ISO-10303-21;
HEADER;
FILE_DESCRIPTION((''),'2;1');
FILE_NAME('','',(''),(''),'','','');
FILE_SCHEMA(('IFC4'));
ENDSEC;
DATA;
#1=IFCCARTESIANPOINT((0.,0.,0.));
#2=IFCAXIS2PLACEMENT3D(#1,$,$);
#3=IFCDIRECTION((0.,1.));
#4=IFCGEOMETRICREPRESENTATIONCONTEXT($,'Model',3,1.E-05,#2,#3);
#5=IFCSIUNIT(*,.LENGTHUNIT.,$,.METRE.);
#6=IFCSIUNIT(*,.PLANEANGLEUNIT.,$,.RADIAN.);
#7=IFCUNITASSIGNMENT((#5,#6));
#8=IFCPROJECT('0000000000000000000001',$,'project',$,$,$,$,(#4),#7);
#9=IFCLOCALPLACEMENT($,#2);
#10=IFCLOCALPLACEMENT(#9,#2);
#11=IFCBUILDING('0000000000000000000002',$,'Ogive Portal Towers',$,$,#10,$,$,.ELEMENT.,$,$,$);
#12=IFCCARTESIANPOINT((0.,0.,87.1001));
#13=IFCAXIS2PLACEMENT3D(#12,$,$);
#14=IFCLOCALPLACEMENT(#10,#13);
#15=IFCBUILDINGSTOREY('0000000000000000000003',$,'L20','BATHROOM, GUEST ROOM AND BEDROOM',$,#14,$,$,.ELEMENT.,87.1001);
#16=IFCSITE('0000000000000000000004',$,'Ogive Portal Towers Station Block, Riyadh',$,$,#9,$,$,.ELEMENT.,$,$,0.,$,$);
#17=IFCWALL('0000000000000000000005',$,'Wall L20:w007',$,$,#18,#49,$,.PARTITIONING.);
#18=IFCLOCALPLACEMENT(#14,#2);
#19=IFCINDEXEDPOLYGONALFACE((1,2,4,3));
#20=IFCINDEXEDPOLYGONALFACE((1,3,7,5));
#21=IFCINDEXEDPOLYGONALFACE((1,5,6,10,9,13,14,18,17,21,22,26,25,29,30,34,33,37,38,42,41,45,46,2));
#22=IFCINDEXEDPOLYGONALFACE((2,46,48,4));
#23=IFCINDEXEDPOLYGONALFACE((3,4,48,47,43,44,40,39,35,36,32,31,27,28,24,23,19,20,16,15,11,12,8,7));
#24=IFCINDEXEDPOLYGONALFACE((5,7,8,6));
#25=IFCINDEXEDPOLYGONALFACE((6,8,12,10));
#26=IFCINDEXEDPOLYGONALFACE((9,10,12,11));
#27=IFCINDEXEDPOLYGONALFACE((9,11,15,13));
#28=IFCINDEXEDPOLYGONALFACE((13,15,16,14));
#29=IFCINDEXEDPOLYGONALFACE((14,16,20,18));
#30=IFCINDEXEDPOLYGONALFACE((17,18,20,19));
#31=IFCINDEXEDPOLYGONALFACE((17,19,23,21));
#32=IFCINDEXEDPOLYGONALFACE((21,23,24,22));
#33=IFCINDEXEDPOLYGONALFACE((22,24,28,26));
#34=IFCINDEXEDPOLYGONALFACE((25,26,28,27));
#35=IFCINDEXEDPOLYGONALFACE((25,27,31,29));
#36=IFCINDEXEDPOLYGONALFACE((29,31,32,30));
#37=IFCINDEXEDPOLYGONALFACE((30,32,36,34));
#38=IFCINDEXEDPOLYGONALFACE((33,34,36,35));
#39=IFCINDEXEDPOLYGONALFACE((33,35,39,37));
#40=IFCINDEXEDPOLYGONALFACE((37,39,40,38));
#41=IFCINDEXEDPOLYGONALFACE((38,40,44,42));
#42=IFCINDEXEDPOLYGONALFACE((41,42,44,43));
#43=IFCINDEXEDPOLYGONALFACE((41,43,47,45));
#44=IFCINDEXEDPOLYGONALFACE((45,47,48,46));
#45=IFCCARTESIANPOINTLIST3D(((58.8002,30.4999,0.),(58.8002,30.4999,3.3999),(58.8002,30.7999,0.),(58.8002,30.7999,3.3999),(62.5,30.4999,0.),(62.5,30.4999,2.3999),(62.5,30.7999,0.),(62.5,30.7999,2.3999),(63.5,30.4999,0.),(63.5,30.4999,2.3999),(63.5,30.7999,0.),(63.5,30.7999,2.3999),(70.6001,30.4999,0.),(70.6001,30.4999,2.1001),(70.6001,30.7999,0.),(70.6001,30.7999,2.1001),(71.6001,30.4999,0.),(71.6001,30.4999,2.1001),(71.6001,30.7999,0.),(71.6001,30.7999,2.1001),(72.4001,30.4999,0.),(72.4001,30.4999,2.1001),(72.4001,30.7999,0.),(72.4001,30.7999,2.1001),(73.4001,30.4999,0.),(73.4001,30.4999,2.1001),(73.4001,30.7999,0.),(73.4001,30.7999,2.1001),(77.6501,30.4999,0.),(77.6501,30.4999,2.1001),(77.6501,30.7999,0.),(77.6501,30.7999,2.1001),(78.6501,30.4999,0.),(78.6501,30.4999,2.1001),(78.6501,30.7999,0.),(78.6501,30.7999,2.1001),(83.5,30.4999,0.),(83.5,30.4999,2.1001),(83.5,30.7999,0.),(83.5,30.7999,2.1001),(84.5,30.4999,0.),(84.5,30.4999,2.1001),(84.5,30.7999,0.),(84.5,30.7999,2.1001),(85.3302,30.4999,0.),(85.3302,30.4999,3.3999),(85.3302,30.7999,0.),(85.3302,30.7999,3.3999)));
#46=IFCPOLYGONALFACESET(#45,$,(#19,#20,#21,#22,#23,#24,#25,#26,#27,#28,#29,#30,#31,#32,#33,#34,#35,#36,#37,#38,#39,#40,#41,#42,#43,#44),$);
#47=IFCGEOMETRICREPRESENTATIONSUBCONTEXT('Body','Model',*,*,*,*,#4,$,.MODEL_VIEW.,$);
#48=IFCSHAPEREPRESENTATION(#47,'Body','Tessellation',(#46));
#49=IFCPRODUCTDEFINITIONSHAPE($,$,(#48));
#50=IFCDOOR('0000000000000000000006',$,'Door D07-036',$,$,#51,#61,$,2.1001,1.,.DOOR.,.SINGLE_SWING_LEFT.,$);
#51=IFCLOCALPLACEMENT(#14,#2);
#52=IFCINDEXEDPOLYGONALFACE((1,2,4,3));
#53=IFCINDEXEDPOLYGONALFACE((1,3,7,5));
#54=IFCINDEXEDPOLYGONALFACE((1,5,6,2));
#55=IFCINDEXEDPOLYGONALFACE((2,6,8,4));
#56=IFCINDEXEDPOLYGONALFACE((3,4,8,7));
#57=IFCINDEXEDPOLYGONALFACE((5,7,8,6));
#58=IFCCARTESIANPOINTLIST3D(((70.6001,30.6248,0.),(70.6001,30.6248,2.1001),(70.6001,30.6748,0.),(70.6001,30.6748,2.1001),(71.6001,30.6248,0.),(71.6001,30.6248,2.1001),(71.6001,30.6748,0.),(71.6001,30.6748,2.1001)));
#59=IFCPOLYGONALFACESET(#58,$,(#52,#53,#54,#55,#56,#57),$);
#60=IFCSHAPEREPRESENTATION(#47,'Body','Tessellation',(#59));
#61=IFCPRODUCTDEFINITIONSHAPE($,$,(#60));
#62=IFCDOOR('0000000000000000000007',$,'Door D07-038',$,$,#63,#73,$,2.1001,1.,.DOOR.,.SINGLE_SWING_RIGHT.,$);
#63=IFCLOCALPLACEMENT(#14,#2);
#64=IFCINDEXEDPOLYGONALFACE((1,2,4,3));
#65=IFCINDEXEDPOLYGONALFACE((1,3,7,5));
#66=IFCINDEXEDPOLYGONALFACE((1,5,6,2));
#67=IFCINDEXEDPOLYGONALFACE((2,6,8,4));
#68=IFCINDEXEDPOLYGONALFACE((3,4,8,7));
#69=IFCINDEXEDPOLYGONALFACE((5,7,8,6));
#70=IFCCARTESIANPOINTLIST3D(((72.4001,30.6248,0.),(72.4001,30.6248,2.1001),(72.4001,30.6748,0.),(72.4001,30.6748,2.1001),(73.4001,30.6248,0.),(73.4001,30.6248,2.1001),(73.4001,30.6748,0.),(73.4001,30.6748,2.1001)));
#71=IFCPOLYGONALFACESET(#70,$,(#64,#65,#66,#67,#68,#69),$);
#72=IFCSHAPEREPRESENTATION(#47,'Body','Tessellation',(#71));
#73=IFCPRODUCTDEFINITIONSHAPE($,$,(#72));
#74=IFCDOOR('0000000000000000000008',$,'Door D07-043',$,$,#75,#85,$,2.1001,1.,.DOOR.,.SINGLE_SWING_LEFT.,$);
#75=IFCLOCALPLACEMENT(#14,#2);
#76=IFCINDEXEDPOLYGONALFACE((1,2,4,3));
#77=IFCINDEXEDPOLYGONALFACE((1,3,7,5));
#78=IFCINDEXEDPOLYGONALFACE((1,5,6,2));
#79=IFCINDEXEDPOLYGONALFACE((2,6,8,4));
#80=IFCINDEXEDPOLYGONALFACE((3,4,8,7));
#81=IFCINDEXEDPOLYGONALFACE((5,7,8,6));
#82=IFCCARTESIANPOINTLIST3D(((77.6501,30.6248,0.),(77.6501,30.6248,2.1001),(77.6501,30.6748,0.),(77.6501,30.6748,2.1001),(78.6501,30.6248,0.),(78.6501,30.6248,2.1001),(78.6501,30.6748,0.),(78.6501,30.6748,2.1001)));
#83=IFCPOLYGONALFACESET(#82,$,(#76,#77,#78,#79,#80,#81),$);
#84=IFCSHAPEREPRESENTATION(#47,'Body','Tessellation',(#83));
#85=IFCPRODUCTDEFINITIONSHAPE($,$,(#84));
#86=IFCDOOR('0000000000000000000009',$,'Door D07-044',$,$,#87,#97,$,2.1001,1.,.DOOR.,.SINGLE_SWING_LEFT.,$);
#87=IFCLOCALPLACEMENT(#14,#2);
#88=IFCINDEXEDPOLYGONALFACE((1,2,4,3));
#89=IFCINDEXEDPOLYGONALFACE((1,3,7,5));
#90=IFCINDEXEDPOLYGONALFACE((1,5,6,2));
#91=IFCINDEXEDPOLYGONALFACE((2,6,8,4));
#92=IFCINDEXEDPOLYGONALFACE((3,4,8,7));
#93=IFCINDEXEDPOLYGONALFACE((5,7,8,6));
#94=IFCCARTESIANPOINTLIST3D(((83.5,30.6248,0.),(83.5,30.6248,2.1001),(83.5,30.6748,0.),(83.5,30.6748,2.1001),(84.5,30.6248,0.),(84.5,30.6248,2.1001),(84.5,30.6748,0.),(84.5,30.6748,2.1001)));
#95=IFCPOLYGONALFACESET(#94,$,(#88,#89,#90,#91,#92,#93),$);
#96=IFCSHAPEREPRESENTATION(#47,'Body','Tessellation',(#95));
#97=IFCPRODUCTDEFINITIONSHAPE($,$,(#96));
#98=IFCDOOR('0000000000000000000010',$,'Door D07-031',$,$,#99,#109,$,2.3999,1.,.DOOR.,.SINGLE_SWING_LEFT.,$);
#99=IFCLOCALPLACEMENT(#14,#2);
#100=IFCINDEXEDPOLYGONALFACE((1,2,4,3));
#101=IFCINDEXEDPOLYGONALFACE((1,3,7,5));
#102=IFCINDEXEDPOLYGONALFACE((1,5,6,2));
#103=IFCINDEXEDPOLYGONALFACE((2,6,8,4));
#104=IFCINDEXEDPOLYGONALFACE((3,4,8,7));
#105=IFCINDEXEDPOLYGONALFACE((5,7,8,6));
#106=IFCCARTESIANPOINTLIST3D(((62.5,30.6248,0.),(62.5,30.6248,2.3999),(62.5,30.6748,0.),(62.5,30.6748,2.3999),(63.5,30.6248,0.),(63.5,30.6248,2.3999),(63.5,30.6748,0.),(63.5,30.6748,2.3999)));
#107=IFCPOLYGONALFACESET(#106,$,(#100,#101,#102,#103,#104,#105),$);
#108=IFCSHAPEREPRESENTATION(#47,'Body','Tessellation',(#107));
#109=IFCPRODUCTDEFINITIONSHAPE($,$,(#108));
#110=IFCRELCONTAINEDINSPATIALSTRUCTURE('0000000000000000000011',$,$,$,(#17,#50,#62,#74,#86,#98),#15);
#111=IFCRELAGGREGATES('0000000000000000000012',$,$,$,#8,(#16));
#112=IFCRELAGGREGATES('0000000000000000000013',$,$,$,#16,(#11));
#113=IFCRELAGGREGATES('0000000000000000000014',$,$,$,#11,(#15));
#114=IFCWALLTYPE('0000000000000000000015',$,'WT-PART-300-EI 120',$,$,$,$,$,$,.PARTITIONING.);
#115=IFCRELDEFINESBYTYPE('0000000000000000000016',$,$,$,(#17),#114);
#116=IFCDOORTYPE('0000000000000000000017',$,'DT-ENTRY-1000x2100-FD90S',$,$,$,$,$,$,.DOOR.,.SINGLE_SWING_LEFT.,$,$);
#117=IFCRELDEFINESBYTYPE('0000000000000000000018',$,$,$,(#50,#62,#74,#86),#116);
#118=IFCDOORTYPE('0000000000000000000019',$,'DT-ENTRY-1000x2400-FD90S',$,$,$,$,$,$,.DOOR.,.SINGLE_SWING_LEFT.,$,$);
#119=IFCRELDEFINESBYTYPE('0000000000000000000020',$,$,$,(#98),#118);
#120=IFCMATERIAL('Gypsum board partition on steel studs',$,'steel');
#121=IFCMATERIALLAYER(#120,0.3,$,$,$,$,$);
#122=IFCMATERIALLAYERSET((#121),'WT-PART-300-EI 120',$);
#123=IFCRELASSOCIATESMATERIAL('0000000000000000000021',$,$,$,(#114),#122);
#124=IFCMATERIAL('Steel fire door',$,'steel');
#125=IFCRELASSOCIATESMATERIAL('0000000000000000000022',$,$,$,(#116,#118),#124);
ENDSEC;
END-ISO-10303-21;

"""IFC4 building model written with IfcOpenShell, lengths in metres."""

from ifc_helpers import new_model, si_unit, direction, frame, frame_2d, origin, place, context, subcontext, project, spatial, rectangle, extrude, material, layer, layer_set, type_object, element, fill, save


model = new_model("IFC4")

# Units and contexts
model_context = context("Model", 3, precision=1e-05, world=origin(), true_north=direction((0.0, 1.0)))
body_context = subcontext(model_context, "Body", "Model", "MODEL_VIEW")
ifc_project = project(units=[si_unit("LENGTHUNIT", "METRE"), si_unit("PLANEANGLEUNIT", "RADIAN")], contexts=[model_context])

# Site, building, storey
site_placement = place(None, origin())
site = spatial("IfcSite", under=ifc_project, at=site_placement, Name="Ogive Portal Towers Station Block, Riyadh", CompositionType="ELEMENT", RefElevation=0.0)
building_placement = place(site_placement, origin())
building = spatial("IfcBuilding", under=site, at=building_placement, Name="Ogive Portal Towers", CompositionType="ELEMENT")
storey_placement = place(building_placement, frame((0.0, 0.0, 87.1001)))
storey = spatial("IfcBuildingStorey", under=building, at=storey_placement, Name="L20", Description="BATHROOM, GUEST ROOM AND BEDROOM", CompositionType="ELEMENT", Elevation=87.1001)

# Wall, openings, doors
ifc_material_1 = material(Name="Gypsum board partition on steel studs", Category="steel")
ifc_layer_1 = layer(ifc_material_1, 0.3)
ifc_layer_set_1 = layer_set([ifc_layer_1], Name="WT-PART-300-EI 120")
wall_type_1 = type_object("IfcWallType", Name="WT-PART-300-EI 120", PredefinedType="PARTITIONING", material=ifc_layer_set_1)
wall_1_placement = place(storey_placement, frame((58.8, 30.6499, 0.0), z_axis=(0.0, 0.0, 1.0), x_axis=(1.0, 0.0, 0.0)))
wall_1 = element("IfcWall", 1, at=wall_1_placement, inside=storey, type_object=wall_type_1, Name="Wall L20:w007", PredefinedType="PARTITIONING", context=body_context, shape_type="SweptSolid", body=[
    extrude(rectangle(XDim=26.53, YDim=0.3, at=frame_2d((13.2651, 0.0))), origin(), (0.0, 0.0, 1.0), 3.3999),
])
opening_1_placement = place(wall_1_placement, frame((3.7, 0.0, 0.0)))
opening_1 = element("IfcOpeningElement", 2, at=opening_1_placement, cuts=wall_1, PredefinedType="OPENING", context=body_context, shape_type="SweptSolid", body=[
    extrude(rectangle(XDim=1.0, YDim=2.3999, at=frame_2d((0.5, 1.2))), frame((0.0, 0.1602, 0.0), z_axis=(0.0, -1.0, 0.0), x_axis=(1.0, 0.0, 0.0)), (0.0, 0.0, 1.0), 0.3201),
])
opening_2_placement = place(wall_1_placement, frame((11.8, 0.0, 0.0)))
opening_2 = element("IfcOpeningElement", 3, at=opening_2_placement, cuts=wall_1, PredefinedType="OPENING", context=body_context, shape_type="SweptSolid", body=[
    extrude(rectangle(XDim=1.0, YDim=2.1001, at=frame_2d((0.5, 1.05))), frame((0.0, 0.1602, 0.0), z_axis=(0.0, -1.0, 0.0), x_axis=(1.0, 0.0, 0.0)), (0.0, 0.0, 1.0), 0.3201),
])
opening_3_placement = place(wall_1_placement, frame((13.6001, 0.0, 0.0)))
opening_3 = element("IfcOpeningElement", 4, at=opening_3_placement, cuts=wall_1, PredefinedType="OPENING", context=body_context, shape_type="SweptSolid", body=[
    extrude(rectangle(XDim=1.0, YDim=2.1001, at=frame_2d((0.5, 1.05))), frame((0.0, 0.1602, 0.0), z_axis=(0.0, -1.0, 0.0), x_axis=(1.0, 0.0, 0.0)), (0.0, 0.0, 1.0), 0.3201),
])
opening_4_placement = place(wall_1_placement, frame((18.8501, 0.0, 0.0)))
opening_4 = element("IfcOpeningElement", 5, at=opening_4_placement, cuts=wall_1, PredefinedType="OPENING", context=body_context, shape_type="SweptSolid", body=[
    extrude(rectangle(XDim=1.0, YDim=2.1001, at=frame_2d((0.5, 1.05))), frame((0.0, 0.1602, 0.0), z_axis=(0.0, -1.0, 0.0), x_axis=(1.0, 0.0, 0.0)), (0.0, 0.0, 1.0), 0.3201),
])
opening_5_placement = place(wall_1_placement, frame((24.7, 0.0, 0.0)))
opening_5 = element("IfcOpeningElement", 6, at=opening_5_placement, cuts=wall_1, PredefinedType="OPENING", context=body_context, shape_type="SweptSolid", body=[
    extrude(rectangle(XDim=1.0, YDim=2.1001, at=frame_2d((0.5, 1.05))), frame((0.0, 0.1602, 0.0), z_axis=(0.0, -1.0, 0.0), x_axis=(1.0, 0.0, 0.0)), (0.0, 0.0, 1.0), 0.3201),
])
ifc_material_2 = material(Name="Steel fire door", Category="steel")
door_type_1 = type_object("IfcDoorType", Name="DT-ENTRY-1000x2100-FD90S", OperationType="SINGLE_SWING_LEFT", PredefinedType="DOOR", material=ifc_material_2)
door_1_placement = place(opening_2_placement, origin())
door_1 = element("IfcDoor", 7, at=door_1_placement, inside=storey, type_object=door_type_1, Name="Door D07-036", OperationType="SINGLE_SWING_LEFT", OverallHeight=2.1001, OverallWidth=1.0, PredefinedType="DOOR", context=body_context, shape_type="SweptSolid", body=[
    extrude(rectangle(XDim=1.0, YDim=2.1001, at=frame_2d((0.5, 1.05))), frame((0.0, 0.0249, 0.0), z_axis=(0.0, -1.0, 0.0), x_axis=(1.0, 0.0, 0.0)), (0.0, 0.0, 1.0), 0.05),
])
fill(opening_2, door_1)
door_2_placement = place(opening_3_placement, origin())
door_2 = element("IfcDoor", 8, at=door_2_placement, inside=storey, type_object=door_type_1, Name="Door D07-038", OperationType="SINGLE_SWING_RIGHT", OverallHeight=2.1001, OverallWidth=1.0, PredefinedType="DOOR", context=body_context, shape_type="SweptSolid", body=[
    extrude(rectangle(XDim=1.0, YDim=2.1001, at=frame_2d((0.5, 1.05))), frame((0.0, 0.0249, 0.0), z_axis=(0.0, -1.0, 0.0), x_axis=(1.0, 0.0, 0.0)), (0.0, 0.0, 1.0), 0.05),
])
fill(opening_3, door_2)
door_3_placement = place(opening_4_placement, origin())
door_3 = element("IfcDoor", 9, at=door_3_placement, inside=storey, type_object=door_type_1, Name="Door D07-043", OperationType="SINGLE_SWING_LEFT", OverallHeight=2.1001, OverallWidth=1.0, PredefinedType="DOOR", context=body_context, shape_type="SweptSolid", body=[
    extrude(rectangle(XDim=1.0, YDim=2.1001, at=frame_2d((0.5, 1.05))), frame((0.0, 0.0249, 0.0), z_axis=(0.0, -1.0, 0.0), x_axis=(1.0, 0.0, 0.0)), (0.0, 0.0, 1.0), 0.05),
])
fill(opening_4, door_3)
door_4_placement = place(opening_5_placement, origin())
door_4 = element("IfcDoor", 10, at=door_4_placement, inside=storey, type_object=door_type_1, Name="Door D07-044", OperationType="SINGLE_SWING_LEFT", OverallHeight=2.1001, OverallWidth=1.0, PredefinedType="DOOR", context=body_context, shape_type="SweptSolid", body=[
    extrude(rectangle(XDim=1.0, YDim=2.1001, at=frame_2d((0.5, 1.05))), frame((0.0, 0.0249, 0.0), z_axis=(0.0, -1.0, 0.0), x_axis=(1.0, 0.0, 0.0)), (0.0, 0.0, 1.0), 0.05),
])
fill(opening_5, door_4)
door_type_2 = type_object("IfcDoorType", Name="DT-ENTRY-1000x2400-FD90S", OperationType="SINGLE_SWING_LEFT", PredefinedType="DOOR", material=ifc_material_2)
door_5_placement = place(opening_1_placement, origin())
door_5 = element("IfcDoor", 11, at=door_5_placement, inside=storey, type_object=door_type_2, Name="Door D07-031", OperationType="SINGLE_SWING_LEFT", OverallHeight=2.3999, OverallWidth=1.0, PredefinedType="DOOR", context=body_context, shape_type="SweptSolid", body=[
    extrude(rectangle(XDim=1.0, YDim=2.3999, at=frame_2d((0.5, 1.2))), frame((0.0, 0.0249, 0.0), z_axis=(0.0, -1.0, 0.0), x_axis=(1.0, 0.0, 0.0)), (0.0, 0.0, 1.0), 0.05),
])
fill(opening_1, door_5)

save(model, "model.ifc")
